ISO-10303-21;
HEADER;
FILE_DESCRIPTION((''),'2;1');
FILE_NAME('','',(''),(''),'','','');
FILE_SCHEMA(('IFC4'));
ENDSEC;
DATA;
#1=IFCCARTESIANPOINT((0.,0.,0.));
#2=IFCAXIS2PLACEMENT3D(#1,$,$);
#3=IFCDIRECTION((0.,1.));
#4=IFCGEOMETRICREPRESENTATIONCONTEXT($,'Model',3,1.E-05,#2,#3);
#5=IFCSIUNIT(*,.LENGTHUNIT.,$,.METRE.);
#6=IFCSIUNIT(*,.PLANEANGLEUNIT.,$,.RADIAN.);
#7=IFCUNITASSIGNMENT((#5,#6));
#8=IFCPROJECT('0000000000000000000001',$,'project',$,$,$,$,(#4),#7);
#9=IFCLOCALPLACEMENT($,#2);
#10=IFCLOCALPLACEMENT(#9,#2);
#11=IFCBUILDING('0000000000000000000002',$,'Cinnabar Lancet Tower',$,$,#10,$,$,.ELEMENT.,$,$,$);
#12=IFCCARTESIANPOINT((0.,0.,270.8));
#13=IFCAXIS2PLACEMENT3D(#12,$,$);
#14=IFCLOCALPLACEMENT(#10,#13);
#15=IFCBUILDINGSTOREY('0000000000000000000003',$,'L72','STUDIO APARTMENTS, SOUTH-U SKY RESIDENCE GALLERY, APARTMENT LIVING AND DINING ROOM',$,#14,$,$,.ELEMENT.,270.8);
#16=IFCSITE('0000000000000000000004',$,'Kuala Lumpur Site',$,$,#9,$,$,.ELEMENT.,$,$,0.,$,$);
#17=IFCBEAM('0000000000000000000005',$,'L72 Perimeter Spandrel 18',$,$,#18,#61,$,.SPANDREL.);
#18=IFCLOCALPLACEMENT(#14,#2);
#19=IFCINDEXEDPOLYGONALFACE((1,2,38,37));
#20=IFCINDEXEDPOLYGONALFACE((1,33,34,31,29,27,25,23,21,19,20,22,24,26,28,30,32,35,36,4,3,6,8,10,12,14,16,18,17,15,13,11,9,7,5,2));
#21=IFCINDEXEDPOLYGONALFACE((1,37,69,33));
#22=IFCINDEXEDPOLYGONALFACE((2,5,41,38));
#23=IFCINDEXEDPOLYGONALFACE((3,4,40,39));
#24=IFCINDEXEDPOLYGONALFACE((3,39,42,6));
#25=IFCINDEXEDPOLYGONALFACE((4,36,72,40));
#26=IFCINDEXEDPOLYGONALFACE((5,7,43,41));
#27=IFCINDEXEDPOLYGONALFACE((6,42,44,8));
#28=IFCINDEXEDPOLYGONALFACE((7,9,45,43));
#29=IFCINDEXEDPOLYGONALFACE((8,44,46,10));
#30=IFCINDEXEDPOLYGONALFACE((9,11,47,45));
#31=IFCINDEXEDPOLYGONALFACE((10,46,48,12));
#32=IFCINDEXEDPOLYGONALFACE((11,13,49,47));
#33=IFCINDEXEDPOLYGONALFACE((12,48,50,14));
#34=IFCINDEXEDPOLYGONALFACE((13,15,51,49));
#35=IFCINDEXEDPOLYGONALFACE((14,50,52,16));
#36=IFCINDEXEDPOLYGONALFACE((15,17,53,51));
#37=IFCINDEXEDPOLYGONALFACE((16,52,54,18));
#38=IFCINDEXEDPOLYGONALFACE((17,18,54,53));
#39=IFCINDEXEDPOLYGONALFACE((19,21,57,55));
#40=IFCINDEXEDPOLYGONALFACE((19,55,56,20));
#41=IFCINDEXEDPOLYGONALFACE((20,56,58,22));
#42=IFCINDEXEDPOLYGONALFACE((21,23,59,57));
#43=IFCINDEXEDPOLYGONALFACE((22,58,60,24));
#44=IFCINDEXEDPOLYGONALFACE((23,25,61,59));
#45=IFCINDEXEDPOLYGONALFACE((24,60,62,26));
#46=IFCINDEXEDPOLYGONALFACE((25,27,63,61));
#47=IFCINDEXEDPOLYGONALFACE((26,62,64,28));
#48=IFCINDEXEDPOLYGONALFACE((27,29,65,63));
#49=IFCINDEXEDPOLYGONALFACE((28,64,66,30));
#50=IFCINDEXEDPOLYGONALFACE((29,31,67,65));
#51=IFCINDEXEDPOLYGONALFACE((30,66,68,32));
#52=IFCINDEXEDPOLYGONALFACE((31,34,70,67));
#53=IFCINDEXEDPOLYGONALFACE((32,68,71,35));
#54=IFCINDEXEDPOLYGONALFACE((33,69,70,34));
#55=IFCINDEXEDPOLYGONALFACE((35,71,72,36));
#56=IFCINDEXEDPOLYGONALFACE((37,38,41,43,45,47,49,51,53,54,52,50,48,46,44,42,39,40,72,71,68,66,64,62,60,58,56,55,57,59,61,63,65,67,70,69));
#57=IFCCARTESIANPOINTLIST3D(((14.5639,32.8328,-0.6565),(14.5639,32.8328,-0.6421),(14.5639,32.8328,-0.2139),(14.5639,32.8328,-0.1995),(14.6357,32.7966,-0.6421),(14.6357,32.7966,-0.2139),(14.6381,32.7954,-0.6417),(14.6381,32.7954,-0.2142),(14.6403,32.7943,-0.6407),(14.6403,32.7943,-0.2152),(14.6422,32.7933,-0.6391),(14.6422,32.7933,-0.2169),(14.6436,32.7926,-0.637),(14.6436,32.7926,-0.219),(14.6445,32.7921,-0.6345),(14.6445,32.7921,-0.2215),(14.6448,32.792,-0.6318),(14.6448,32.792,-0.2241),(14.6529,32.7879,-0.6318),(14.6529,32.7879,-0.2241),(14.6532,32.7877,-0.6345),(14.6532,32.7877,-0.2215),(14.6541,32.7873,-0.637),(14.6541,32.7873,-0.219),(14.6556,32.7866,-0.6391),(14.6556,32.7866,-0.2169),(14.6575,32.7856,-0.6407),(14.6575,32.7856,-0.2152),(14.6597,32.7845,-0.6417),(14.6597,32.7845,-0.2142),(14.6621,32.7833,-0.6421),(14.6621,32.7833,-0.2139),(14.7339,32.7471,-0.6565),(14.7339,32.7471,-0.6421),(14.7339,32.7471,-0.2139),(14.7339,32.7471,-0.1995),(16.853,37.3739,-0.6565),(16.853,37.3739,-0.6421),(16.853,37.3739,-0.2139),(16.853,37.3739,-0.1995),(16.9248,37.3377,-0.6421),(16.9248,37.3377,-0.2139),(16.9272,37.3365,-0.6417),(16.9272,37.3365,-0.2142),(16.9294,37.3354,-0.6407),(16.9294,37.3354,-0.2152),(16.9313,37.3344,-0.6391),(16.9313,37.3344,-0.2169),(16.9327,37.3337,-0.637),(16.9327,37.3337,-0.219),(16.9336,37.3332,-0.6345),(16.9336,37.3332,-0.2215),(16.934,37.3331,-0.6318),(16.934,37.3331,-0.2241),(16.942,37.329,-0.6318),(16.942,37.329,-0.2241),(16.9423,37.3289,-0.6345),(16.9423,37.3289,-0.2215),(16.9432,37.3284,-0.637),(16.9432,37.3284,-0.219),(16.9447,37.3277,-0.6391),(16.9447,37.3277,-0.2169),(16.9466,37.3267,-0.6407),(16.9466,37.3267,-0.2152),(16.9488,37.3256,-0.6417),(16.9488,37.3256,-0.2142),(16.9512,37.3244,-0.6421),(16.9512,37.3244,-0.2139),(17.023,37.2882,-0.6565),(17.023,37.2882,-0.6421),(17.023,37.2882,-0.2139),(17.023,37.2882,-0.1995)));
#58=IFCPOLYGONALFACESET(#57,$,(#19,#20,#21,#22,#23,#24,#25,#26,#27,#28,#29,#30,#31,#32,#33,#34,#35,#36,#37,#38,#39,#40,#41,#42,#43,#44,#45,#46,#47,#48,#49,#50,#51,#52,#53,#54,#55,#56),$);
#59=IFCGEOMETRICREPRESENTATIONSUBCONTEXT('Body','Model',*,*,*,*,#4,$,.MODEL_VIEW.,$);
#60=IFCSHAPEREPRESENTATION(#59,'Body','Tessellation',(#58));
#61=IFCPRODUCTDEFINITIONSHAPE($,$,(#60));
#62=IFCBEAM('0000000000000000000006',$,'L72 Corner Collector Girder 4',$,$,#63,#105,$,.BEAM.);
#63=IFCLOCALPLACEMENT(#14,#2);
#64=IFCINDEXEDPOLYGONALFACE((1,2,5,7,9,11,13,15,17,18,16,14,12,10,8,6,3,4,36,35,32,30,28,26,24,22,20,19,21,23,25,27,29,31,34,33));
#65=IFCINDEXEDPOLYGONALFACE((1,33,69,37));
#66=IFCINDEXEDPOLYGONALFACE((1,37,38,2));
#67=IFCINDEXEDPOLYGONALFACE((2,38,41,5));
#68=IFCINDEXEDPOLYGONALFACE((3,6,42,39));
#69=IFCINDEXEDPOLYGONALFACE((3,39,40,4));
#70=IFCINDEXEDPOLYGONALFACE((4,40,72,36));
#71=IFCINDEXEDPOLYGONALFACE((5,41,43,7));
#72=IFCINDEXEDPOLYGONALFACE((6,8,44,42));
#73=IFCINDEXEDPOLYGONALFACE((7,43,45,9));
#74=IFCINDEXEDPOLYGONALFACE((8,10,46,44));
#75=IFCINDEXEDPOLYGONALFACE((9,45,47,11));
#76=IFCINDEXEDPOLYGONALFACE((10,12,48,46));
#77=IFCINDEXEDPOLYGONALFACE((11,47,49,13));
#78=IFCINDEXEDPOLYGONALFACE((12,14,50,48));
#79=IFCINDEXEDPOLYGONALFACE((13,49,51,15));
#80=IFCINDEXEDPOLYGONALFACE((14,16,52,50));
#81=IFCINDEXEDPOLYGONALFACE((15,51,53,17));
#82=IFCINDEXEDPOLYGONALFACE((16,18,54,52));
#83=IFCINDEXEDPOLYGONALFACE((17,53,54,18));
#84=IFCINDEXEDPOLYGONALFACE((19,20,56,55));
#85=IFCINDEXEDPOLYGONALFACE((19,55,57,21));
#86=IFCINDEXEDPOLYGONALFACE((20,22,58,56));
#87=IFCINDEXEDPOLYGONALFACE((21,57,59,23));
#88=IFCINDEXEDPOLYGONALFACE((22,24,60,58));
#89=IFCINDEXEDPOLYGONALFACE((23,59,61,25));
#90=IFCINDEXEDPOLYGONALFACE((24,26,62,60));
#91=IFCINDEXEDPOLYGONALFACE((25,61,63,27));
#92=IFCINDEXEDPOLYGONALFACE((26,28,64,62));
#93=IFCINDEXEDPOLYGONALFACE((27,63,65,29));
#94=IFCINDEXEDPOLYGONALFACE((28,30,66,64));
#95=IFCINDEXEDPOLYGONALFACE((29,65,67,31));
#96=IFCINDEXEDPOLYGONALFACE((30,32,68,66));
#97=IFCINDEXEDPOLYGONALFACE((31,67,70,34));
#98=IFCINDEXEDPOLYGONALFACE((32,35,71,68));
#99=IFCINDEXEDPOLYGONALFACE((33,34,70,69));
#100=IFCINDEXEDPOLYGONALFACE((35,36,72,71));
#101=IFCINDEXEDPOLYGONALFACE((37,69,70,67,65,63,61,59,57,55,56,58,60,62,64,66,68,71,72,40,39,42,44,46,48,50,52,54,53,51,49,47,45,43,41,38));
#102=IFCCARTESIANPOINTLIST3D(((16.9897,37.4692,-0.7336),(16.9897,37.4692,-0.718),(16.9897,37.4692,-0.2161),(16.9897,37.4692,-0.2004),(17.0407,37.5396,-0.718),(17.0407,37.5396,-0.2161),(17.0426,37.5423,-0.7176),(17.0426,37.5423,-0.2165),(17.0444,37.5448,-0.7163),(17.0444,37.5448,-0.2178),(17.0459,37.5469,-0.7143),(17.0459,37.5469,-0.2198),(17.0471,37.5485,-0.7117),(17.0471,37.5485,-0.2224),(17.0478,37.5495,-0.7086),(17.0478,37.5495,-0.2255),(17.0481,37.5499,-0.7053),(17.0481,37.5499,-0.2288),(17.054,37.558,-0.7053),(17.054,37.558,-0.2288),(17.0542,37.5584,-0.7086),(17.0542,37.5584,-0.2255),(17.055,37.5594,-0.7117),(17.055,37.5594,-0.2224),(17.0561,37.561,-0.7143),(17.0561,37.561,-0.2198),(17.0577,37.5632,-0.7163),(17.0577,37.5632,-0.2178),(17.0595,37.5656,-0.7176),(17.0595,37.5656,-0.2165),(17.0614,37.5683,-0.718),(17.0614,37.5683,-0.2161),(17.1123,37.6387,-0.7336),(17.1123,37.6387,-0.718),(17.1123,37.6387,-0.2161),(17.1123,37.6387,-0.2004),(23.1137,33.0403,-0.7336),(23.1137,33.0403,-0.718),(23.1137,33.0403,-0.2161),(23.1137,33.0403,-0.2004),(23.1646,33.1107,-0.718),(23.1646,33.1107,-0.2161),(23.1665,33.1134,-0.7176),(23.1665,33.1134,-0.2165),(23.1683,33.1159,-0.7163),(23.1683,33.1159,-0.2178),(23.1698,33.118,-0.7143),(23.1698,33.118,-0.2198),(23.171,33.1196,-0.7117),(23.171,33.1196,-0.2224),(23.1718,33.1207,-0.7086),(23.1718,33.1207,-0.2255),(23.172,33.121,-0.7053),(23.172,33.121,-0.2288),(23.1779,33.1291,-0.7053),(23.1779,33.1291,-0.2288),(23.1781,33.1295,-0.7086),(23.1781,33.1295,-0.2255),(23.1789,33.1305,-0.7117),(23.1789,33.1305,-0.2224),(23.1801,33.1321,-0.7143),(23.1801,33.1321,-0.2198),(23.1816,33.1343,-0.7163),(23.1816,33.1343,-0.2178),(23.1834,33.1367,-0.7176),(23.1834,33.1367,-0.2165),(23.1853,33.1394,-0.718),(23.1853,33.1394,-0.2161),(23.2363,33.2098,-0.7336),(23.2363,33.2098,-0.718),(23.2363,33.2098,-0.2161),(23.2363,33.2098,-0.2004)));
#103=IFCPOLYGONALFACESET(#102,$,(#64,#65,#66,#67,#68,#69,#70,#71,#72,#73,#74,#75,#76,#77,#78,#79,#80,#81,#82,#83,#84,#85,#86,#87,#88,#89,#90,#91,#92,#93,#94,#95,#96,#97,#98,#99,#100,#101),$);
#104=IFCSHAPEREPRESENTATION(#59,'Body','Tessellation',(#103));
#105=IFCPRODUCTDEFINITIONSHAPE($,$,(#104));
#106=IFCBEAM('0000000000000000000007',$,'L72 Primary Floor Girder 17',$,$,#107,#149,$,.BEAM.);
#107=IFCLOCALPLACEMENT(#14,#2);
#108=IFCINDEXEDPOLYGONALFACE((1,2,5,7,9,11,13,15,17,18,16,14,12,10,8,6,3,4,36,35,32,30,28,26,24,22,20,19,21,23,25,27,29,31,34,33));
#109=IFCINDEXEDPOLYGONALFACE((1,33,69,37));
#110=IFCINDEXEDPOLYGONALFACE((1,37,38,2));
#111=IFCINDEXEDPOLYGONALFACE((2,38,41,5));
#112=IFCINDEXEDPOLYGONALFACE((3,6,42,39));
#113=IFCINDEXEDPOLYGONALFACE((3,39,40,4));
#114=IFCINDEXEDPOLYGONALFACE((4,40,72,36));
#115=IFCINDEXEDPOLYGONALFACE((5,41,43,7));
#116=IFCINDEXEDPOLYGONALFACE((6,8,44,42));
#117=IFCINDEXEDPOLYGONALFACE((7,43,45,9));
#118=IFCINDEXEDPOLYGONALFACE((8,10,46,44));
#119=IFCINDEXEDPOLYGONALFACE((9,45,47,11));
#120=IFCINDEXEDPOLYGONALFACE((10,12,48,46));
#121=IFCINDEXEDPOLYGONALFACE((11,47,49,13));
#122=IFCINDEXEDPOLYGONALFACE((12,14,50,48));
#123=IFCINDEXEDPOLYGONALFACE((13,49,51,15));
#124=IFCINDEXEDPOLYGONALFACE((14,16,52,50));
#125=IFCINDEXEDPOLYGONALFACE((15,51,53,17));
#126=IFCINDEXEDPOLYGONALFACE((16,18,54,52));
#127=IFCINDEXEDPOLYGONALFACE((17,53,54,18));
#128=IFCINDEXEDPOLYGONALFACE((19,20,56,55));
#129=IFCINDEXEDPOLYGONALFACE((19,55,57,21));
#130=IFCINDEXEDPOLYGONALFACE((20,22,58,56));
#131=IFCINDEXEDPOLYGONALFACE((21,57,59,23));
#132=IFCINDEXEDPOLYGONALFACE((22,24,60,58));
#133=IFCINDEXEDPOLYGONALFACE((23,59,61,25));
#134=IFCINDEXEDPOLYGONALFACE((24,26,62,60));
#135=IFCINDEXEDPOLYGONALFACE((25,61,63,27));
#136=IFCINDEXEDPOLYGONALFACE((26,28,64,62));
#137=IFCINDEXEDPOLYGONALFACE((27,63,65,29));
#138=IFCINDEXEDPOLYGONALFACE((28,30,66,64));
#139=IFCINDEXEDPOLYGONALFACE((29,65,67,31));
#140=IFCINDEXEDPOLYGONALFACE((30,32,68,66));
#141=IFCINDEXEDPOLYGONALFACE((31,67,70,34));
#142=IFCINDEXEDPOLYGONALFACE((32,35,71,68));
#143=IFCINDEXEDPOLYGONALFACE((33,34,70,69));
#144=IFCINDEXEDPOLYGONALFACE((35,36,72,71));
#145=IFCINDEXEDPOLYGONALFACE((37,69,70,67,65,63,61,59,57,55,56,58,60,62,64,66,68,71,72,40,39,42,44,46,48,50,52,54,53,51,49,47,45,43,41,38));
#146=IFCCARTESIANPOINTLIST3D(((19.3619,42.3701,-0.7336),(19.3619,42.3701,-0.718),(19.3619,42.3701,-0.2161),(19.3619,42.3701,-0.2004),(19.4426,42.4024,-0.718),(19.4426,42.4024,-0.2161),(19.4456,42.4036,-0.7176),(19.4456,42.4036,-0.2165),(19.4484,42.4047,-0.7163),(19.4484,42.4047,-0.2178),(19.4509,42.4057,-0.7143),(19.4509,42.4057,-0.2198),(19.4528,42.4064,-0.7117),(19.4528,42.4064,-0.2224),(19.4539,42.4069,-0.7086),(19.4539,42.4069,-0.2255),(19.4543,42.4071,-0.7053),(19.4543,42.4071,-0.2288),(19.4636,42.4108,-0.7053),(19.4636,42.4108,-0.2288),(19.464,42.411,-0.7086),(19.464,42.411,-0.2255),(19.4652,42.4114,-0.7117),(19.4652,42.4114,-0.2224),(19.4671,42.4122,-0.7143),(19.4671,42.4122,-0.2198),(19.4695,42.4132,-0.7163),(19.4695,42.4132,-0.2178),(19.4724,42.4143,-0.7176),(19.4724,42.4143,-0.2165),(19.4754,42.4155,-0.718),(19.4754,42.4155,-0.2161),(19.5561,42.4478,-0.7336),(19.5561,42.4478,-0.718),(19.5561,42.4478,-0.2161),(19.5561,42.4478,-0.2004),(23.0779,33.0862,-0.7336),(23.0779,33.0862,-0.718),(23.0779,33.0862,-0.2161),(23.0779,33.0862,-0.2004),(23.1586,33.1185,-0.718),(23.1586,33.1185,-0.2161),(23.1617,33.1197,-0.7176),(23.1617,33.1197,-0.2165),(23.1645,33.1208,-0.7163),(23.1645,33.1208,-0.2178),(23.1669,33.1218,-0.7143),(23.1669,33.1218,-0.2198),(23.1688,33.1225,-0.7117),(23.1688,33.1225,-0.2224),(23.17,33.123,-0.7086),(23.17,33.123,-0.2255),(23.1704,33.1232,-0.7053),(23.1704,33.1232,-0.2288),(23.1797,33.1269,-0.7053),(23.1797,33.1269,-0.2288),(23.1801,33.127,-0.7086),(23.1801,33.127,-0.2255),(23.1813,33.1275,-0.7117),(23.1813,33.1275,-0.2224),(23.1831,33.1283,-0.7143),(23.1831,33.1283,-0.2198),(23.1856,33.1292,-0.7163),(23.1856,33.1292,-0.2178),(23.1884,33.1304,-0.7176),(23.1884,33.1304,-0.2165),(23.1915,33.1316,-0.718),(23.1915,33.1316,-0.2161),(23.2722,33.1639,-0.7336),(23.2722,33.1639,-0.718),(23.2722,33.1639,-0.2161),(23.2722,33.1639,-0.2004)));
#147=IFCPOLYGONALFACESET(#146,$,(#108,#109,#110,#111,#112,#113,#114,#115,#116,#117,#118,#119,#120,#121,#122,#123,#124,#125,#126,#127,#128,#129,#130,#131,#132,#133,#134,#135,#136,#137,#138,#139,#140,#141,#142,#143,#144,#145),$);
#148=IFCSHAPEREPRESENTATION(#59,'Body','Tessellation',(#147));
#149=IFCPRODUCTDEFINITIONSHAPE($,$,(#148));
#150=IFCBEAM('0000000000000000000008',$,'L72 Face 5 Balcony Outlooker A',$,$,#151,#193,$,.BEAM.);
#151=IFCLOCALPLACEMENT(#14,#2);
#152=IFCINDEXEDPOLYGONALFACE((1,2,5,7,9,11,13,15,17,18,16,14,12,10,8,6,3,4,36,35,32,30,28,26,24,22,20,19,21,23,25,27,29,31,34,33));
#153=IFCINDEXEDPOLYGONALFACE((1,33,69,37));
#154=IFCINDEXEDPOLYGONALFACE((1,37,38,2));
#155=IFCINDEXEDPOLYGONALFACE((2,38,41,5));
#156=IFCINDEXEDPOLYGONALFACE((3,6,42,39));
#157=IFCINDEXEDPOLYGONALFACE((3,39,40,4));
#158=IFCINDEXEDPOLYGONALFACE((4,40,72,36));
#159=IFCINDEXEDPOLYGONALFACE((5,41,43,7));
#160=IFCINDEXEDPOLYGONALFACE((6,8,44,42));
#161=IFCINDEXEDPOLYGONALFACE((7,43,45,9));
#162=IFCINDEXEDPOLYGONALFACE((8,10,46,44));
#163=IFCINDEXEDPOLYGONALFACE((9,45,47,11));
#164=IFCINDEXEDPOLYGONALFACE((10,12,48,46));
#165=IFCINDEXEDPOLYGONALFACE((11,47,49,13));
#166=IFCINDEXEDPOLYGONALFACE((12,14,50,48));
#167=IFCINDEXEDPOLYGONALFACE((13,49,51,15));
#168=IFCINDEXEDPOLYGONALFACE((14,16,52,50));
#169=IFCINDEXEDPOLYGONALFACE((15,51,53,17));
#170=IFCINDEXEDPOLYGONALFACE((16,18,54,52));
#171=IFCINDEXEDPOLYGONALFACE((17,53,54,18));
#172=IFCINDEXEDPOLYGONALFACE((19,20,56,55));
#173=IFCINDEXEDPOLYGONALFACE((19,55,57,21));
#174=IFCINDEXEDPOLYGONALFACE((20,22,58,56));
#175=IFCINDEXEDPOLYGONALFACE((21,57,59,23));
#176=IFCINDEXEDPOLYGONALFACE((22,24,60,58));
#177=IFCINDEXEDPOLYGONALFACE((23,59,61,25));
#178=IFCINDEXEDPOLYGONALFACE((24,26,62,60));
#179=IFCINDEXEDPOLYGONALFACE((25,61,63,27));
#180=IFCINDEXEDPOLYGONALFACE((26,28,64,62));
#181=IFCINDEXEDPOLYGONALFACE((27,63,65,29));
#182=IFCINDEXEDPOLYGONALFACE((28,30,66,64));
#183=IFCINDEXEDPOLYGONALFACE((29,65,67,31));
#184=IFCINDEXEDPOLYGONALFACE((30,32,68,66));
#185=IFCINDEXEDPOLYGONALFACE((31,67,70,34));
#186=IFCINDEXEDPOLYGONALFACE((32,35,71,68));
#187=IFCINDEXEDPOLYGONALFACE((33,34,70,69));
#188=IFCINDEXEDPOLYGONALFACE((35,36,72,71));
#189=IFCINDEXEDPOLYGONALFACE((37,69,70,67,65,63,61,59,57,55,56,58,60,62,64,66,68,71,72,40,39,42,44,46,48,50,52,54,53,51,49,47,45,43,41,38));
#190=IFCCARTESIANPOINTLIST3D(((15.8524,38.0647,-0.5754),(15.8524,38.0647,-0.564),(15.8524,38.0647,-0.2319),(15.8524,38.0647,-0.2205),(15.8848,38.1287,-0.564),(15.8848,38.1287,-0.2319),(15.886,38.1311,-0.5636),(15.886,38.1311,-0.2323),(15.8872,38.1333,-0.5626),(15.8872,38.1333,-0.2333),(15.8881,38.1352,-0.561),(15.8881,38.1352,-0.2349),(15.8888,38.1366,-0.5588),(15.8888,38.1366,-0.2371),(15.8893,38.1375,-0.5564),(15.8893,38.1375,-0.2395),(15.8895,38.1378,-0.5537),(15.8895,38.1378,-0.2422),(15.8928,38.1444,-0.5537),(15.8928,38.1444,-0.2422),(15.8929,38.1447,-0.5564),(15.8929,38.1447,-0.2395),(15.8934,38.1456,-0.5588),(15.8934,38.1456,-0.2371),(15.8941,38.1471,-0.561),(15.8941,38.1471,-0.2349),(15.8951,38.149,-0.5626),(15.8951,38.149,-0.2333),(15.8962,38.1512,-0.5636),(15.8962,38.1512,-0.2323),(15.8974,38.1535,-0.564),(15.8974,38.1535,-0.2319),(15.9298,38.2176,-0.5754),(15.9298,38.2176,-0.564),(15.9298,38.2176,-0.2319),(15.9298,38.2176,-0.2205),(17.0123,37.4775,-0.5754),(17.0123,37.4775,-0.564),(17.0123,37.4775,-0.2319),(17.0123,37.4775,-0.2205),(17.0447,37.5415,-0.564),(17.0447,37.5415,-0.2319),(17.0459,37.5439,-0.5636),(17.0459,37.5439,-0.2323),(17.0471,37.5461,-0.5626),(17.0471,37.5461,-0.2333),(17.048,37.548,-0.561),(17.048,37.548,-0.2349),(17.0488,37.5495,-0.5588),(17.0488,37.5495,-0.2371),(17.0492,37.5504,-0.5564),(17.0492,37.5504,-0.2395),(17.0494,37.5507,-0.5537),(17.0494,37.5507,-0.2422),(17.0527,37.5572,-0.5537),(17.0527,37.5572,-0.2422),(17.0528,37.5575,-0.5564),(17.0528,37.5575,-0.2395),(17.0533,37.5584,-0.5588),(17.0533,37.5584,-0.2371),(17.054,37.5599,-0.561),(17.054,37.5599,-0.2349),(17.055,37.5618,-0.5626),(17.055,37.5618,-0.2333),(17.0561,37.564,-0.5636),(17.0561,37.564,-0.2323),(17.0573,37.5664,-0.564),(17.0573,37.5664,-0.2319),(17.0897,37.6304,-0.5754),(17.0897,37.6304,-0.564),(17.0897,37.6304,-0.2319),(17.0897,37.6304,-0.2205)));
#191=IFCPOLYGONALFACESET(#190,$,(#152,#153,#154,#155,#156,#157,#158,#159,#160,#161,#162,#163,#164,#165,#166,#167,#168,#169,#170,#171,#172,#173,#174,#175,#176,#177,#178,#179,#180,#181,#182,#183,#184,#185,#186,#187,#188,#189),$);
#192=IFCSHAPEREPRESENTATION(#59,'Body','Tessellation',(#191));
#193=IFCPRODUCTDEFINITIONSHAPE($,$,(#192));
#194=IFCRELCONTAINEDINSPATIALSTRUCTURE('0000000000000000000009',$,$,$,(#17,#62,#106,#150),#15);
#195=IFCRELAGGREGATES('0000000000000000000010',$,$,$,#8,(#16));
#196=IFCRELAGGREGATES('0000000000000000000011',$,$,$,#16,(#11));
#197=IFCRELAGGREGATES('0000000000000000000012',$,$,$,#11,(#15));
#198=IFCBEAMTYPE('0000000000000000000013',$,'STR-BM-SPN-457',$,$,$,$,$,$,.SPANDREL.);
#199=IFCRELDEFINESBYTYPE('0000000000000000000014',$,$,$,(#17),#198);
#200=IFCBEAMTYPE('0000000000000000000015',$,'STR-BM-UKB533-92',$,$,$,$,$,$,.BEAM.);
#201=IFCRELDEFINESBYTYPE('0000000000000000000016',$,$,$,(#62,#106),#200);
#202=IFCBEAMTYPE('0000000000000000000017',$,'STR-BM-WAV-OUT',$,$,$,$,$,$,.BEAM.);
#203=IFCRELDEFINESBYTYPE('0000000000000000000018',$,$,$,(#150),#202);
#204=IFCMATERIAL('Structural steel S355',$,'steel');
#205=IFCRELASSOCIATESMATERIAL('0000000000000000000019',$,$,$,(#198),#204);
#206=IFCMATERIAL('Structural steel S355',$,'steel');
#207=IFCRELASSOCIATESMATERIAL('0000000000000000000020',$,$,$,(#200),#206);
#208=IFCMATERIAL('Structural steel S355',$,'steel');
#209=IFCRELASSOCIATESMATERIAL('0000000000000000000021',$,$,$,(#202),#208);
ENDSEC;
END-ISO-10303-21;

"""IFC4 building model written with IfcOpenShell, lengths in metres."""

from ifc_helpers import new_model, si_unit, direction, frame, origin, origin_2d, place, context, subcontext, project, spatial, i_section, extrude, material, material_profile, profile_set, type_object, element, save


model = new_model("IFC4")

# Units and contexts
model_context = context("Model", 3, precision=1e-05, world=origin(), true_north=direction((0.0, 1.0)))
body_context = subcontext(model_context, "Body", "Model", "MODEL_VIEW")
ifc_project = project(units=[si_unit("LENGTHUNIT", "METRE"), si_unit("PLANEANGLEUNIT", "RADIAN")], contexts=[model_context])

# Site, building, storey
site_placement = place(None, origin())
site = spatial("IfcSite", under=ifc_project, at=site_placement, Name="Kuala Lumpur Site", CompositionType="ELEMENT", RefElevation=0.0)
building_placement = place(site_placement, origin())
building = spatial("IfcBuilding", under=site, at=building_placement, Name="Cinnabar Lancet Tower", CompositionType="ELEMENT")
storey_placement = place(building_placement, frame((0.0, 0.0, 270.8)))
storey = spatial("IfcBuildingStorey", under=building, at=storey_placement, Name="L72", Description="STUDIO APARTMENTS, SOUTH-U SKY RESIDENCE GALLERY, APARTMENT LIVING AND DINING ROOM", CompositionType="ELEMENT", Elevation=270.8)

# Beams
ifc_material_1 = material(Name="Structural steel S355", Category="steel")
ifc_material_profile_1 = material_profile(ifc_material_1, i_section(OverallWidth=0.1904, OverallDepth=0.457, WebThickness=0.009, FlangeThickness=0.0144, FilletRadius=0.0103, at=origin_2d()), Name="UKB 457x191x74")
ifc_profile_set_1 = profile_set([ifc_material_profile_1], Name="Structural steel S355")
beam_type_1 = type_object("IfcBeamType", Name="STR-BM-SPN-457", PredefinedType="SPANDREL", material=ifc_profile_set_1)
beam_1_placement = place(storey_placement, frame((16.938, 37.3311, -0.428), z_axis=(-0.45013, -0.892963, 0.0), x_axis=(0.892963, -0.45013, 0.0)))
element("IfcBeam", 1, at=beam_1_placement, inside=storey, type_object=beam_type_1, Name="L72 Perimeter Spandrel 18", PredefinedType="SPANDREL", context=body_context, shape_type="SweptSolid", body=[
    extrude(i_section(OverallWidth=0.1904, OverallDepth=0.457, WebThickness=0.009, FlangeThickness=0.0144, FilletRadius=0.0103, at=origin_2d()), origin(), (0.0, 0.0, 1.0), 5.0854),
])
ifc_material_2 = material(Name="Structural steel S355", Category="steel")
ifc_material_profile_2 = material_profile(ifc_material_2, i_section(OverallWidth=0.2092, OverallDepth=0.5332, WebThickness=0.01, FlangeThickness=0.0156, FilletRadius=0.0127, at=origin_2d()), Name="UKB 533x210x92")
ifc_profile_set_2 = profile_set([ifc_material_profile_2], Name="Structural steel S355")
beam_type_2 = type_object("IfcBeamType", Name="STR-BM-UKB533-92", PredefinedType="BEAM", material=ifc_profile_set_2)
beam_2_placement = place(storey_placement, frame((17.051, 37.554, -0.467), z_axis=(0.810299, -0.586016, 0.0), x_axis=(0.586016, 0.810299, 0.0)))
element("IfcBeam", 2, at=beam_2_placement, inside=storey, type_object=beam_type_2, Name="L72 Corner Collector Girder 4", PredefinedType="BEAM", context=body_context, shape_type="SweptSolid", body=[
    extrude(i_section(OverallWidth=0.2092, OverallDepth=0.5332, WebThickness=0.01, FlangeThickness=0.0156, FilletRadius=0.0127, at=origin_2d()), origin(), (0.0, 0.0, 1.0), 7.5576),
])
beam_3_placement = place(storey_placement, frame((19.459, 42.4089, -0.467), z_axis=(0.371605, -0.928391, 0.0), x_axis=(0.928391, 0.371605, 0.0)))
element("IfcBeam", 3, at=beam_3_placement, inside=storey, type_object=beam_type_2, Name="L72 Primary Floor Girder 17", PredefinedType="BEAM", context=body_context, shape_type="SweptSolid", body=[
    extrude(i_section(OverallWidth=0.2092, OverallDepth=0.5332, WebThickness=0.01, FlangeThickness=0.0156, FilletRadius=0.0127, at=origin_2d()), origin(), (0.0, 0.0, 1.0), 10.0),
])
ifc_material_3 = material(Name="Structural steel S355", Category="steel")
ifc_material_profile_3 = material_profile(ifc_material_3, i_section(OverallWidth=0.1714, OverallDepth=0.355, WebThickness=0.0073, FlangeThickness=0.0115, FilletRadius=0.0103, at=origin_2d()), Name="UKB 356x171x51")
ifc_profile_set_3 = profile_set([ifc_material_profile_3], Name="Structural steel S355")
beam_type_3 = type_object("IfcBeamType", Name="STR-BM-WAV-OUT", PredefinedType="BEAM", material=ifc_profile_set_3)
beam_4_placement = place(storey_placement, frame((17.051, 37.554, -0.3979), z_axis=(-0.8922, 0.45164, 0.0), x_axis=(-0.45164, -0.8922, 0.0)))
element("IfcBeam", 4, at=beam_4_placement, inside=storey, type_object=beam_type_3, Name="L72 Face 5 Balcony Outlooker A", PredefinedType="BEAM", context=body_context, shape_type="SweptSolid", body=[
    extrude(i_section(OverallWidth=0.1714, OverallDepth=0.355, WebThickness=0.0073, FlangeThickness=0.0115, FilletRadius=0.0103, at=origin_2d()), origin(), (0.0, 0.0, 1.0), 1.3),
])

save(model, "model.ifc")
